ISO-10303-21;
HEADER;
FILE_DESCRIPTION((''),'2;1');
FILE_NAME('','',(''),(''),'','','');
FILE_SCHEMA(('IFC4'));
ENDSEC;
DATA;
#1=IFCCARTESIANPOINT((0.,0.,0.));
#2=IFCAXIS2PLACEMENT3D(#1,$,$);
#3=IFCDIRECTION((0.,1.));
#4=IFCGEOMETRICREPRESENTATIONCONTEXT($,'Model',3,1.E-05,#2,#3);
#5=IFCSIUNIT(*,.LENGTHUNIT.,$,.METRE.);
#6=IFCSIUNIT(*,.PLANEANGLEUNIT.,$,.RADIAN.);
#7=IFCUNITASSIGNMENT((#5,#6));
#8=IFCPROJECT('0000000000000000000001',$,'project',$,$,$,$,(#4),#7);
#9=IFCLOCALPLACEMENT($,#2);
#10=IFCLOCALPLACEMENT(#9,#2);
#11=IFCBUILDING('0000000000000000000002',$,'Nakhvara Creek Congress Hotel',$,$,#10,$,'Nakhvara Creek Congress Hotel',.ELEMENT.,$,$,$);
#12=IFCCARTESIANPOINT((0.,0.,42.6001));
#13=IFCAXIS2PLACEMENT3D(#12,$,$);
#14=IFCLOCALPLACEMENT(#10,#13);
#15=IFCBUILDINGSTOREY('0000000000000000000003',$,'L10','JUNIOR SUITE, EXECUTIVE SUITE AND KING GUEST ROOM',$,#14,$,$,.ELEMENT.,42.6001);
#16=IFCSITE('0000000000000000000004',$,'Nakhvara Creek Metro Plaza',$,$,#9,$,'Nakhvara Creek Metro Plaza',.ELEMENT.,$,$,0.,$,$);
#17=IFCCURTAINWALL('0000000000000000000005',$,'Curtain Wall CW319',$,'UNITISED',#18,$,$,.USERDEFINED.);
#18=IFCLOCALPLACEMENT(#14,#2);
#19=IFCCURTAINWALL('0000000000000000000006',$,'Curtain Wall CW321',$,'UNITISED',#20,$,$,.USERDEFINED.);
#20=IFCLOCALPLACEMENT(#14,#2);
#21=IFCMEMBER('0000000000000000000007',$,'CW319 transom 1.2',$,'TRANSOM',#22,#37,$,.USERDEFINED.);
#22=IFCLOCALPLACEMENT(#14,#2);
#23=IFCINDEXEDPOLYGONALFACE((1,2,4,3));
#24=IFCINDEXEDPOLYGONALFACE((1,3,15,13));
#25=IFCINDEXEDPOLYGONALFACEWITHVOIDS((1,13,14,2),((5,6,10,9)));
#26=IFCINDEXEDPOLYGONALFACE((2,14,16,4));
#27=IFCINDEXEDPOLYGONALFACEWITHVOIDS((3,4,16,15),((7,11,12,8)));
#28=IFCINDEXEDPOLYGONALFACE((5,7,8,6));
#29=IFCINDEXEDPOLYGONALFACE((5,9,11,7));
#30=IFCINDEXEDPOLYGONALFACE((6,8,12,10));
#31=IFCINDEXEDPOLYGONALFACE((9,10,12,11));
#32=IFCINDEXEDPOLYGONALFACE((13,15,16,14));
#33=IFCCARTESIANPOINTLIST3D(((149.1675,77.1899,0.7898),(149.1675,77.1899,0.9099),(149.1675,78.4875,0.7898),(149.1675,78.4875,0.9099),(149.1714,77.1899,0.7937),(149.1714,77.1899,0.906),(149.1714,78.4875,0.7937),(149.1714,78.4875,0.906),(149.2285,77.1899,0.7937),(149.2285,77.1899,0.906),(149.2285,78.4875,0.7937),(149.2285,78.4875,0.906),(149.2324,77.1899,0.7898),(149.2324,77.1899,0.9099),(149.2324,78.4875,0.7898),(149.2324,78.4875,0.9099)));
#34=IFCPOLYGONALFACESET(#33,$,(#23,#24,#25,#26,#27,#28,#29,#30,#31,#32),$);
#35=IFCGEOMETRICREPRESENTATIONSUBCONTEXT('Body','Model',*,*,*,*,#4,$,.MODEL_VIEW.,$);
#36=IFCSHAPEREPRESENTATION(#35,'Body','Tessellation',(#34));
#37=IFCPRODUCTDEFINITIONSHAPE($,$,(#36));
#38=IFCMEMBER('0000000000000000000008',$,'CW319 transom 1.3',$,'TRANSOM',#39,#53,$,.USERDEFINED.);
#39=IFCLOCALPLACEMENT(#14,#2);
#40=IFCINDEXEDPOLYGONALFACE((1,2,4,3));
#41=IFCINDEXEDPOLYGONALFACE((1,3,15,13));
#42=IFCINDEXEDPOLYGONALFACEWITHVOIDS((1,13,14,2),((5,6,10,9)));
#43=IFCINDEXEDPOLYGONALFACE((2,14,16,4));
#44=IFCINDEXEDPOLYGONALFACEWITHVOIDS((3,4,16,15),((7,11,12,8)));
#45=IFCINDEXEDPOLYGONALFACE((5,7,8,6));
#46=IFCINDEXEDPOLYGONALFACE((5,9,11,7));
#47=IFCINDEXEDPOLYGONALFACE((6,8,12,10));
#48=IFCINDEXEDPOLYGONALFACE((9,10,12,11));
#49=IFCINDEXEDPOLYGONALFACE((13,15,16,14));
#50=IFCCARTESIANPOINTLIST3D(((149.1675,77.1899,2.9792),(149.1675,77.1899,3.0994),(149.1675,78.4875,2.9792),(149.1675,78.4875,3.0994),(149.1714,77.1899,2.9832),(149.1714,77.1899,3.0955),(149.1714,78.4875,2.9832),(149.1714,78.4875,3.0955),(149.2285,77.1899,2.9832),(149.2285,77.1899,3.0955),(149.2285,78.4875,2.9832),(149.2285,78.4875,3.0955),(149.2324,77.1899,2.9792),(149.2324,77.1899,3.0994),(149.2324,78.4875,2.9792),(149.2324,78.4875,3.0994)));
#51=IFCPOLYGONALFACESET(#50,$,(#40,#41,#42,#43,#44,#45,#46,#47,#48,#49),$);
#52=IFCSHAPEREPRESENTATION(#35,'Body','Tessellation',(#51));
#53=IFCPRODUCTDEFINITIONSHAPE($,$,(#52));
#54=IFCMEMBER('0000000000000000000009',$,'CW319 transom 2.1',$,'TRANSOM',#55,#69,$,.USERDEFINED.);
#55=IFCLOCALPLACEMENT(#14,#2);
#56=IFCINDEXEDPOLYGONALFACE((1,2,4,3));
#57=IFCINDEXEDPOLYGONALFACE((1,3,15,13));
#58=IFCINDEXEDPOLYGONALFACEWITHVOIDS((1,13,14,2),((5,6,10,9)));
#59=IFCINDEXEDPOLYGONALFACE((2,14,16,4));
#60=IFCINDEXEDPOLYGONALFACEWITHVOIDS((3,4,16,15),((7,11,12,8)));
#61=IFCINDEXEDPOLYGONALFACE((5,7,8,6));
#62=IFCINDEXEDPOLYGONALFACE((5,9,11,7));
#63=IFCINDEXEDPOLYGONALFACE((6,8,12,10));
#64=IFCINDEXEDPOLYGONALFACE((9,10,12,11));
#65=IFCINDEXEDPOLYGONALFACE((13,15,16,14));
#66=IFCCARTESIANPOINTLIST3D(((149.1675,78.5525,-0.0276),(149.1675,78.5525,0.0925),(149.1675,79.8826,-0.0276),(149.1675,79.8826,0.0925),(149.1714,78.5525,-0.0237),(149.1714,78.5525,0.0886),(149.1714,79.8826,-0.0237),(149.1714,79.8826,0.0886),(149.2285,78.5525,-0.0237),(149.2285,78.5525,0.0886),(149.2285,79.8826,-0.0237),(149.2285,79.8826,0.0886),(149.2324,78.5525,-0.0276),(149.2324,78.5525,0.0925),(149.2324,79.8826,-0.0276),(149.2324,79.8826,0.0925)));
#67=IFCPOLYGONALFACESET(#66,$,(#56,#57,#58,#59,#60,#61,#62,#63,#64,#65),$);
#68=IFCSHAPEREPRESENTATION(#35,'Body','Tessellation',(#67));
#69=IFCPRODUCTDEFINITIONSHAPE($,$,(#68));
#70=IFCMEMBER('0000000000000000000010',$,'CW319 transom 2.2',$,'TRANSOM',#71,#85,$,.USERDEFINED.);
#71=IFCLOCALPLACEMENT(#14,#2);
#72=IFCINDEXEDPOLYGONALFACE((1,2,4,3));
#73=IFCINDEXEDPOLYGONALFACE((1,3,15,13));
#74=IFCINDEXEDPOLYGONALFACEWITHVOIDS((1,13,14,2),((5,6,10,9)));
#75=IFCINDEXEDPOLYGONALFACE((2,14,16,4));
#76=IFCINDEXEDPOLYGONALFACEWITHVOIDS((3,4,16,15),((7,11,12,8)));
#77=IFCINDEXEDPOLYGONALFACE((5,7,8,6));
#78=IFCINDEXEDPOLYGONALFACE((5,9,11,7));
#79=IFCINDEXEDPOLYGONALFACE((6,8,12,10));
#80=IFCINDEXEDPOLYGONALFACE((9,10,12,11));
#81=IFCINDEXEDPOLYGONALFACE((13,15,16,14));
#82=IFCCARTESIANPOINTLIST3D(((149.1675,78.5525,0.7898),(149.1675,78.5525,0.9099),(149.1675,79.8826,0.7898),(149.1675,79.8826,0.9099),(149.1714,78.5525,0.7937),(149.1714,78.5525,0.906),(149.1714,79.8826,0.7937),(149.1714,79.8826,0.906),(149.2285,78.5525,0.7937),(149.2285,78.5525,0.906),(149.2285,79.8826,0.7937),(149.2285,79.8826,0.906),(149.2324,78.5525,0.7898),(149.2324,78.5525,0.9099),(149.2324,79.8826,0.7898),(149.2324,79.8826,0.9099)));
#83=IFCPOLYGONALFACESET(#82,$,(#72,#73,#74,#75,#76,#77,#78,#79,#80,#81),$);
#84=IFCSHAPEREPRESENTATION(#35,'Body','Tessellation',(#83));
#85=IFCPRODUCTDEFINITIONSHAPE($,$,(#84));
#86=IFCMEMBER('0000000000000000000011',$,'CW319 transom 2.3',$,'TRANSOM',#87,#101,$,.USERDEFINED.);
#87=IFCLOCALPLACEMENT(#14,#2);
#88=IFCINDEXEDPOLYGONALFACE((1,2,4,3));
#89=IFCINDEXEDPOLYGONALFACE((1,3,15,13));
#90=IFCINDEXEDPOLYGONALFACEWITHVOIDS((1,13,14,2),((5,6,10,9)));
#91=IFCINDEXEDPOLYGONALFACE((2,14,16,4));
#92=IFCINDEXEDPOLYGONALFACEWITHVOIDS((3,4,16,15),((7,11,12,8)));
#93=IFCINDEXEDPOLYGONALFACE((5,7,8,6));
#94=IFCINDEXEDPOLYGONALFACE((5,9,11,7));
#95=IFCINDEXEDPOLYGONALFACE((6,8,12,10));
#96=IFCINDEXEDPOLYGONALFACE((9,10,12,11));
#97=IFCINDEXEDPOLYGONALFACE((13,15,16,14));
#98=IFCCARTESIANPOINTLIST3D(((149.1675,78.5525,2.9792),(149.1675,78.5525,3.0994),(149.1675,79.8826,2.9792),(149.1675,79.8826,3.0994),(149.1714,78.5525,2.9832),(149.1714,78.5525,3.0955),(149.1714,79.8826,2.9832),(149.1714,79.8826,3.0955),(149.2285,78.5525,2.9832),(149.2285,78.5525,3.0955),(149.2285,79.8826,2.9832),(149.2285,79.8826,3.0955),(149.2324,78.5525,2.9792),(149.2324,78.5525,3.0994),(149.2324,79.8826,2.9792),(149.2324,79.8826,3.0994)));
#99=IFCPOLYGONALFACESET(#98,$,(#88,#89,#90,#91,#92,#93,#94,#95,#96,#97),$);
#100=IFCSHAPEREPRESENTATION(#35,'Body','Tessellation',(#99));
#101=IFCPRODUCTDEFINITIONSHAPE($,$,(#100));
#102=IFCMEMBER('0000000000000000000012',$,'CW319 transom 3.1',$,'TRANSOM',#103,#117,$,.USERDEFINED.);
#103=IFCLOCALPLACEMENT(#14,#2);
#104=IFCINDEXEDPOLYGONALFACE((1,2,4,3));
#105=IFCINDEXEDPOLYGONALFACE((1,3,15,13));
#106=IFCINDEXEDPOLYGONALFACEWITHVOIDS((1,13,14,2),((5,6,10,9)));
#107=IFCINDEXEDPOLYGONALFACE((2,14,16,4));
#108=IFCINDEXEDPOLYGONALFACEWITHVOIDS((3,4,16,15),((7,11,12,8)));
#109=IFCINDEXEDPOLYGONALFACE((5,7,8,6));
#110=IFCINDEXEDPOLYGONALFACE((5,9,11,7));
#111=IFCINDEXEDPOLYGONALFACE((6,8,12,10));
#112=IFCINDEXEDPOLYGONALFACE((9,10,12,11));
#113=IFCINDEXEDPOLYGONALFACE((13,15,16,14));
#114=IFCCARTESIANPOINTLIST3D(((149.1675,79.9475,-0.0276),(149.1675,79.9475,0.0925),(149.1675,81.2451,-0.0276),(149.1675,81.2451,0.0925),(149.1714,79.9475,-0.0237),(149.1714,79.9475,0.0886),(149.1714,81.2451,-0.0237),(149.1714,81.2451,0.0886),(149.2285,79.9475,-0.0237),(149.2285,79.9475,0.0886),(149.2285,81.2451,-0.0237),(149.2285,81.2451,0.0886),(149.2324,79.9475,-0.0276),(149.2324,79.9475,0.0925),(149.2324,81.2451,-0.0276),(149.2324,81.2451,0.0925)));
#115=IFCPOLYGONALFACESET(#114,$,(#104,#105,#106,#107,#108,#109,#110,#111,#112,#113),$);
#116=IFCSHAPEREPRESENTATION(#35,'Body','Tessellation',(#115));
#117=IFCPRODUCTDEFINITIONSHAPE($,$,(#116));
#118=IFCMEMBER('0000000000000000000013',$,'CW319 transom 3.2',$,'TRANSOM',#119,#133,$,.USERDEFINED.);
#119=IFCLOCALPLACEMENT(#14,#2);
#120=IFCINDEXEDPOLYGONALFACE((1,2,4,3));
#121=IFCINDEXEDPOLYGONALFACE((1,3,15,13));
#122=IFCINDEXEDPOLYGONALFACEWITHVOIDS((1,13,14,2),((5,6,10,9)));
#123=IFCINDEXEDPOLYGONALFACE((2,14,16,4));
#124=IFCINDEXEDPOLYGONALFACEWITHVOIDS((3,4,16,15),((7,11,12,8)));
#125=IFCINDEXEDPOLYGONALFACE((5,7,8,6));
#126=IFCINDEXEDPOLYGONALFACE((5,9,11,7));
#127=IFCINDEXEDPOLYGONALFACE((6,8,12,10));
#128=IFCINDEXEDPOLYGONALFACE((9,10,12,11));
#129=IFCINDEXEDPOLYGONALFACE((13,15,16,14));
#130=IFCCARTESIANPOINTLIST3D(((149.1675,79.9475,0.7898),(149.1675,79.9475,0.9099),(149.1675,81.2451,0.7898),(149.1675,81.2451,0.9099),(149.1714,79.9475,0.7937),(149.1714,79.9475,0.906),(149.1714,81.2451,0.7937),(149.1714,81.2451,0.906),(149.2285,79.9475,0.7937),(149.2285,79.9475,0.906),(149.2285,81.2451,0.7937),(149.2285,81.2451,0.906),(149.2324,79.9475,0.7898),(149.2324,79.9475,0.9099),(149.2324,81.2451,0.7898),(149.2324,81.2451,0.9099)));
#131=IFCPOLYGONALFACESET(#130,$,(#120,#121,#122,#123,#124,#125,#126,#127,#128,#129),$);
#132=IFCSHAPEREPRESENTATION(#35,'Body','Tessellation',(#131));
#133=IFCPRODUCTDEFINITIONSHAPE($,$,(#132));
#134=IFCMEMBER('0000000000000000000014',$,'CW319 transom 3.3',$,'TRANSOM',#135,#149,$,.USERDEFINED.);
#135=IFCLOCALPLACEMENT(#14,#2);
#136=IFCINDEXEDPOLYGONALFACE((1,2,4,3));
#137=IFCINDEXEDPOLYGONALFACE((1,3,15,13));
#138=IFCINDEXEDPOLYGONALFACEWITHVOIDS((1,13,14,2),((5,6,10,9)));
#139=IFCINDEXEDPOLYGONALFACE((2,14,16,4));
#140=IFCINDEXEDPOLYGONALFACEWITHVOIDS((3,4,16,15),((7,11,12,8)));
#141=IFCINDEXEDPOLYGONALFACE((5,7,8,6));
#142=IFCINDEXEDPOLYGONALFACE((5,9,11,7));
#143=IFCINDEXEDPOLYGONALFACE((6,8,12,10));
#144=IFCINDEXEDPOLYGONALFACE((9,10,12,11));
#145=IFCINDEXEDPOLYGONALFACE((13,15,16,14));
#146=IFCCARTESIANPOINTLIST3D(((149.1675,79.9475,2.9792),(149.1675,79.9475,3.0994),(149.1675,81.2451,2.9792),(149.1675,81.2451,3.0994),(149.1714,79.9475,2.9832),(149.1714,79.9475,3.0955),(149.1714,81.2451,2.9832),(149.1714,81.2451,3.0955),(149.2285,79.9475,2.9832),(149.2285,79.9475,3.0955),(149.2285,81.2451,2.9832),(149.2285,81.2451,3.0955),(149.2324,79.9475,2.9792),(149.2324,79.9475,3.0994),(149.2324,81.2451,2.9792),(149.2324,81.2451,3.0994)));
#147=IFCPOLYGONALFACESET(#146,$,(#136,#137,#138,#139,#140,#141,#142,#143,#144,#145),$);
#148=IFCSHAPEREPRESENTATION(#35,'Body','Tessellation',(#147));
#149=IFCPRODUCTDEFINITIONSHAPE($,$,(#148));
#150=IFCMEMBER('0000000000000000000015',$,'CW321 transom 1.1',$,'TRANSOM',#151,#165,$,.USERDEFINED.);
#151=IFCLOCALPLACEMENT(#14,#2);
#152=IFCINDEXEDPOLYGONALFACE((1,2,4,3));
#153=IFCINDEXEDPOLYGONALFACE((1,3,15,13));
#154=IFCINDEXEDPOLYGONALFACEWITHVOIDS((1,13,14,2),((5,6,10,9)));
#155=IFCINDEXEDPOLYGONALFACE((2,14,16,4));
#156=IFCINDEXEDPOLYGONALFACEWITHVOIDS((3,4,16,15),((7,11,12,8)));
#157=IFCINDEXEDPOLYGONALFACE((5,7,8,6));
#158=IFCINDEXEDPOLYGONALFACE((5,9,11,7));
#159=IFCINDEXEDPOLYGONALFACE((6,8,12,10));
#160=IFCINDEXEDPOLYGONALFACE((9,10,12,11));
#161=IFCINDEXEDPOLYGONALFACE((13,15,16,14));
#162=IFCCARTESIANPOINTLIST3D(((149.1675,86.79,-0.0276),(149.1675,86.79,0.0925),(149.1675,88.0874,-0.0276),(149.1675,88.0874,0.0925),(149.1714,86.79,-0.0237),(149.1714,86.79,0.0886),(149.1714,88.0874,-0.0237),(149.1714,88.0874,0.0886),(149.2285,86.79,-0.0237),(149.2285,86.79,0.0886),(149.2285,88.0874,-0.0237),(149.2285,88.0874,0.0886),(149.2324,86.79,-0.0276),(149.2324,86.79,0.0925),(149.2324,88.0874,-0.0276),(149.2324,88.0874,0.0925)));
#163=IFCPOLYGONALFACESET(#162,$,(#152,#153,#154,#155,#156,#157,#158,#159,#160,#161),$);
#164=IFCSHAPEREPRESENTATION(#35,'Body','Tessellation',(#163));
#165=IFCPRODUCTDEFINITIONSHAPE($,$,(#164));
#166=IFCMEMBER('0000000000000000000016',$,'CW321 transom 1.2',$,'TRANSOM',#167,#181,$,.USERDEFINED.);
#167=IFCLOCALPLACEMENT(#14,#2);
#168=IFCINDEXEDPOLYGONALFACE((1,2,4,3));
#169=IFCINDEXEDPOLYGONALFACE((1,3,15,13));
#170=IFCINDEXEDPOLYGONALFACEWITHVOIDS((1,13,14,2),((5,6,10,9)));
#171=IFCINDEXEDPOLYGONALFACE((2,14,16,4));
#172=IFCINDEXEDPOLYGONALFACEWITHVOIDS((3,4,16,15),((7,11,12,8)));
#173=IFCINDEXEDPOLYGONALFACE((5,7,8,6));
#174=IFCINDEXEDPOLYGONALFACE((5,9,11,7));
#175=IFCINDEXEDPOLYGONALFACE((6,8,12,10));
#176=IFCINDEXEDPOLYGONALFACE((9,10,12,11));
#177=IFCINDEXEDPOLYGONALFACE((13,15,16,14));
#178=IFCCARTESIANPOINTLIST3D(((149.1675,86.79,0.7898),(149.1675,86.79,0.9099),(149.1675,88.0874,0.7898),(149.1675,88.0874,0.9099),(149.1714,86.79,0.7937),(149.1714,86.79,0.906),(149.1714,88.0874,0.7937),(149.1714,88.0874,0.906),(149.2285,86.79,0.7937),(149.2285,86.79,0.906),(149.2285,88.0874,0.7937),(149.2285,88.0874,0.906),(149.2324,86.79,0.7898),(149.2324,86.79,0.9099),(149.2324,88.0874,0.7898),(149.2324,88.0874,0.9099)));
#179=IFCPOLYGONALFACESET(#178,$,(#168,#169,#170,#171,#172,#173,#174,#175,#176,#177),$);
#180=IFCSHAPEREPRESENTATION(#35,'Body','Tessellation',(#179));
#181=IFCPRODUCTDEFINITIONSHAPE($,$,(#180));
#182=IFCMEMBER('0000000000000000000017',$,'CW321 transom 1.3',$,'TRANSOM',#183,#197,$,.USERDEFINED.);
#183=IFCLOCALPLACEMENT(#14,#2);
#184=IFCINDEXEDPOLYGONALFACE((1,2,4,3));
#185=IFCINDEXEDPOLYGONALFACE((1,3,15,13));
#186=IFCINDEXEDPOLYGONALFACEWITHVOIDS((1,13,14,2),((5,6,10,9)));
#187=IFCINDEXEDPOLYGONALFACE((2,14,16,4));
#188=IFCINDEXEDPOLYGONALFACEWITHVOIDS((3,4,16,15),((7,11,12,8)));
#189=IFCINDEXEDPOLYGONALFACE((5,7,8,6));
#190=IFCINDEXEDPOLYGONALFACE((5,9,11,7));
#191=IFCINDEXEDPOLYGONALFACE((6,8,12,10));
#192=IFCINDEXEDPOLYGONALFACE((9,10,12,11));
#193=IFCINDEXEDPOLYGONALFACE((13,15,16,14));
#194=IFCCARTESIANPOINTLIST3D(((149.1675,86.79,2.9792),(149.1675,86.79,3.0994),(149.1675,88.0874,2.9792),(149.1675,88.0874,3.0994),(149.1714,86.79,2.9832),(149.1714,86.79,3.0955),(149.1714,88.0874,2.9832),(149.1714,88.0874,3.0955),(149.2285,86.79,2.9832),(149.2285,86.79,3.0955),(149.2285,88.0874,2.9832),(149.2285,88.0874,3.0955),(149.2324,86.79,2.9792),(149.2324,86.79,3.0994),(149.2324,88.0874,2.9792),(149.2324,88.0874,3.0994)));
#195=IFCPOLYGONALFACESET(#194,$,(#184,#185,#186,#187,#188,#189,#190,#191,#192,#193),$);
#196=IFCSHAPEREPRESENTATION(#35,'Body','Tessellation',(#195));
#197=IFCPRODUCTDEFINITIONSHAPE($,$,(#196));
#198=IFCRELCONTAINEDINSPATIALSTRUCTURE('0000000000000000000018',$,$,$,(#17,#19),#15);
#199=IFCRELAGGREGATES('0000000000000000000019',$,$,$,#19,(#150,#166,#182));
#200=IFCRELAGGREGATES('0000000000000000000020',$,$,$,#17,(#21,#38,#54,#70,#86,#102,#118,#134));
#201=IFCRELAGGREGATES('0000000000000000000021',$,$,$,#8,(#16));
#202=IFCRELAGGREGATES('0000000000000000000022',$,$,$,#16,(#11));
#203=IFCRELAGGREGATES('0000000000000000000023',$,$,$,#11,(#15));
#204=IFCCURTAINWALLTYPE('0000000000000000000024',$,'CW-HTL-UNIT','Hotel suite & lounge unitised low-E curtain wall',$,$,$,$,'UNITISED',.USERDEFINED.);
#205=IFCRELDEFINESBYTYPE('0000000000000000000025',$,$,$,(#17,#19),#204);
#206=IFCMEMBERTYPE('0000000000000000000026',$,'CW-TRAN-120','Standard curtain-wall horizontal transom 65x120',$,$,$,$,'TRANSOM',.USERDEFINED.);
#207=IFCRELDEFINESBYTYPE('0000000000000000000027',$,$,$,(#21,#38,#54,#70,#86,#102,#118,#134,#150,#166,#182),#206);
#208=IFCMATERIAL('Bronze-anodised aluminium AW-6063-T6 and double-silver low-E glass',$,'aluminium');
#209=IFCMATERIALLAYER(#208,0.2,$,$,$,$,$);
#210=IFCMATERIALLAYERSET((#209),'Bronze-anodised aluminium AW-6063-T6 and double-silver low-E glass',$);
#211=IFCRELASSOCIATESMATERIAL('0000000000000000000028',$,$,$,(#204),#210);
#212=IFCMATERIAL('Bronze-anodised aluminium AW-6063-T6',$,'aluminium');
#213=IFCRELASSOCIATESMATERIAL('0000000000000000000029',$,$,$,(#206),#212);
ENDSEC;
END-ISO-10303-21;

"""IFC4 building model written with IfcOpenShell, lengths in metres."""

from ifc_helpers import new_model, si_unit, direction, frame, origin, origin_2d, place, context, subcontext, project, spatial, hollow_rectangle, extrude, material, layer, layer_set, material_profile, profile_set, type_object, element, aggregate, save


model = new_model("IFC4")

# Units and contexts
model_context = context("Model", 3, precision=1e-05, world=origin(), true_north=direction((0.0, 1.0)))
body_context = subcontext(model_context, "Body", "Model", "MODEL_VIEW")
ifc_project = project(units=[si_unit("LENGTHUNIT", "METRE"), si_unit("PLANEANGLEUNIT", "RADIAN")], contexts=[model_context])

# Site, building, storey
site_placement = place(None, origin())
site = spatial("IfcSite", under=ifc_project, at=site_placement, Name="Nakhvara Creek Metro Plaza", LongName="Nakhvara Creek Metro Plaza", CompositionType="ELEMENT", RefElevation=0.0)
building_placement = place(site_placement, origin())
building = spatial("IfcBuilding", under=site, at=building_placement, Name="Nakhvara Creek Congress Hotel", LongName="Nakhvara Creek Congress Hotel", CompositionType="ELEMENT")
storey_placement = place(building_placement, frame((0.0, 0.0, 42.6001)))
storey = spatial("IfcBuildingStorey", under=building, at=storey_placement, Name="L10", Description="JUNIOR SUITE, EXECUTIVE SUITE AND KING GUEST ROOM", CompositionType="ELEMENT", Elevation=42.6001)

# Curtain wall
ifc_material_1 = material(Name="Bronze-anodised aluminium AW-6063-T6 and double-silver low-E glass", Category="aluminium")
ifc_layer = layer(ifc_material_1, 0.2)
ifc_layer_set = layer_set([ifc_layer], Name="Bronze-anodised aluminium AW-6063-T6 and double-silver low-E glass")
curtain_wall_type = type_object("IfcCurtainWallType", Name="CW-HTL-UNIT", Description="Hotel suite & lounge unitised low-E curtain wall", ElementType="UNITISED", PredefinedType="USERDEFINED", material=ifc_layer_set)
ifc_material_2 = material(Name="Bronze-anodised aluminium AW-6063-T6", Category="aluminium")
curtain_wall_1_placement = place(storey_placement, origin())
curtain_wall_1 = element("IfcCurtainWall", 1, at=curtain_wall_1_placement, inside=storey, type_object=curtain_wall_type, Name="Curtain Wall CW319", ObjectType="UNITISED", PredefinedType="USERDEFINED")

# Curtain wall
curtain_wall_2_placement = place(storey_placement, origin())
curtain_wall_2 = element("IfcCurtainWall", 2, at=curtain_wall_2_placement, inside=storey, type_object=curtain_wall_type, Name="Curtain Wall CW321", ObjectType="UNITISED", PredefinedType="USERDEFINED")

# Members
ifc_material_profile_1 = material_profile(ifc_material_2, hollow_rectangle(XDim=0.0649, YDim=0.1201, WallThickness=0.0039, at=origin_2d()), Name="ALU-TRAN 65x120x4", Category="LoadBearing")
ifc_profile_set_1 = profile_set([ifc_material_profile_1], Name="Bronze-anodised aluminium AW-6063-T6")
member_type_1 = type_object("IfcMemberType", Name="CW-TRAN-120", Description="Standard curtain-wall horizontal transom 65x120", ElementType="TRANSOM", PredefinedType="USERDEFINED", material=ifc_profile_set_1)
member_1_placement = place(storey_placement, frame((149.2, 77.1899, 0.8499), z_axis=(0.0, 1.0, 0.0), x_axis=(-1.0, 0.0, 0.0)))
member_1 = element("IfcMember", 3, at=member_1_placement, type_object=member_type_1, Name="CW319 transom 1.2", ObjectType="TRANSOM", PredefinedType="USERDEFINED", context=body_context, shape_type="SweptSolid", body=[
    extrude(hollow_rectangle(XDim=0.0649, YDim=0.1201, WallThickness=0.0039, at=origin_2d()), origin(), (0.0, 0.0, 1.0), 1.2976),
])
member_2_placement = place(storey_placement, frame((149.2, 77.1899, 3.0393), z_axis=(0.0, 1.0, 0.0), x_axis=(-1.0, 0.0, 0.0)))
member_2 = element("IfcMember", 4, at=member_2_placement, type_object=member_type_1, Name="CW319 transom 1.3", ObjectType="TRANSOM", PredefinedType="USERDEFINED", context=body_context, shape_type="SweptSolid", body=[
    extrude(hollow_rectangle(XDim=0.0649, YDim=0.1201, WallThickness=0.0039, at=origin_2d()), origin(), (0.0, 0.0, 1.0), 1.2976),
])
member_3_placement = place(storey_placement, frame((149.2, 78.5525, 0.0325), z_axis=(0.0, 1.0, 0.0), x_axis=(-1.0, 0.0, 0.0)))
member_3 = element("IfcMember", 5, at=member_3_placement, type_object=member_type_1, Name="CW319 transom 2.1", ObjectType="TRANSOM", PredefinedType="USERDEFINED", context=body_context, shape_type="SweptSolid", body=[
    extrude(hollow_rectangle(XDim=0.0649, YDim=0.1201, WallThickness=0.0039, at=origin_2d()), origin(), (0.0, 0.0, 1.0), 1.3301),
])
member_4_placement = place(storey_placement, frame((149.2, 78.5525, 0.8499), z_axis=(0.0, 1.0, 0.0), x_axis=(-1.0, 0.0, 0.0)))
member_4 = element("IfcMember", 6, at=member_4_placement, type_object=member_type_1, Name="CW319 transom 2.2", ObjectType="TRANSOM", PredefinedType="USERDEFINED", context=body_context, shape_type="SweptSolid", body=[
    extrude(hollow_rectangle(XDim=0.0649, YDim=0.1201, WallThickness=0.0039, at=origin_2d()), origin(), (0.0, 0.0, 1.0), 1.3301),
])
member_5_placement = place(storey_placement, frame((149.2, 78.5525, 3.0393), z_axis=(0.0, 1.0, 0.0), x_axis=(-1.0, 0.0, 0.0)))
member_5 = element("IfcMember", 7, at=member_5_placement, type_object=member_type_1, Name="CW319 transom 2.3", ObjectType="TRANSOM", PredefinedType="USERDEFINED", context=body_context, shape_type="SweptSolid", body=[
    extrude(hollow_rectangle(XDim=0.0649, YDim=0.1201, WallThickness=0.0039, at=origin_2d()), origin(), (0.0, 0.0, 1.0), 1.3301),
])
member_6_placement = place(storey_placement, frame((149.2, 79.9475, 0.0325), z_axis=(0.0, 1.0, 0.0), x_axis=(-1.0, 0.0, 0.0)))
member_6 = element("IfcMember", 8, at=member_6_placement, type_object=member_type_1, Name="CW319 transom 3.1", ObjectType="TRANSOM", PredefinedType="USERDEFINED", context=body_context, shape_type="SweptSolid", body=[
    extrude(hollow_rectangle(XDim=0.0649, YDim=0.1201, WallThickness=0.0039, at=origin_2d()), origin(), (0.0, 0.0, 1.0), 1.2976),
])
member_7_placement = place(storey_placement, frame((149.2, 79.9475, 0.8499), z_axis=(0.0, 1.0, 0.0), x_axis=(-1.0, 0.0, 0.0)))
member_7 = element("IfcMember", 9, at=member_7_placement, type_object=member_type_1, Name="CW319 transom 3.2", ObjectType="TRANSOM", PredefinedType="USERDEFINED", context=body_context, shape_type="SweptSolid", body=[
    extrude(hollow_rectangle(XDim=0.0649, YDim=0.1201, WallThickness=0.0039, at=origin_2d()), origin(), (0.0, 0.0, 1.0), 1.2976),
])
member_8_placement = place(storey_placement, frame((149.2, 79.9475, 3.0393), z_axis=(0.0, 1.0, 0.0), x_axis=(-1.0, 0.0, 0.0)))
member_8 = element("IfcMember", 10, at=member_8_placement, type_object=member_type_1, Name="CW319 transom 3.3", ObjectType="TRANSOM", PredefinedType="USERDEFINED", context=body_context, shape_type="SweptSolid", body=[
    extrude(hollow_rectangle(XDim=0.0649, YDim=0.1201, WallThickness=0.0039, at=origin_2d()), origin(), (0.0, 0.0, 1.0), 1.2976),
])
member_9_placement = place(storey_placement, frame((149.2, 86.79, 0.0325), z_axis=(0.0, 1.0, 0.0), x_axis=(-1.0, 0.0, 0.0)))
member_9 = element("IfcMember", 11, at=member_9_placement, type_object=member_type_1, Name="CW321 transom 1.1", ObjectType="TRANSOM", PredefinedType="USERDEFINED", context=body_context, shape_type="SweptSolid", body=[
    extrude(hollow_rectangle(XDim=0.0649, YDim=0.1201, WallThickness=0.0039, at=origin_2d()), origin(), (0.0, 0.0, 1.0), 1.2974),
])
member_10_placement = place(storey_placement, frame((149.2, 86.79, 0.8499), z_axis=(0.0, 1.0, 0.0), x_axis=(-1.0, 0.0, 0.0)))
member_10 = element("IfcMember", 12, at=member_10_placement, type_object=member_type_1, Name="CW321 transom 1.2", ObjectType="TRANSOM", PredefinedType="USERDEFINED", context=body_context, shape_type="SweptSolid", body=[
    extrude(hollow_rectangle(XDim=0.0649, YDim=0.1201, WallThickness=0.0039, at=origin_2d()), origin(), (0.0, 0.0, 1.0), 1.2974),
])
member_11_placement = place(storey_placement, frame((149.2, 86.79, 3.0393), z_axis=(0.0, 1.0, 0.0), x_axis=(-1.0, 0.0, 0.0)))
member_11 = element("IfcMember", 13, at=member_11_placement, type_object=member_type_1, Name="CW321 transom 1.3", ObjectType="TRANSOM", PredefinedType="USERDEFINED", context=body_context, shape_type="SweptSolid", body=[
    extrude(hollow_rectangle(XDim=0.0649, YDim=0.1201, WallThickness=0.0039, at=origin_2d()), origin(), (0.0, 0.0, 1.0), 1.2974),
])
aggregate(curtain_wall_2, [member_9, member_10, member_11])

aggregate(curtain_wall_1, [member_1, member_2, member_3, member_4, member_5, member_6, member_7, member_8])

save(model, "model.ifc")
